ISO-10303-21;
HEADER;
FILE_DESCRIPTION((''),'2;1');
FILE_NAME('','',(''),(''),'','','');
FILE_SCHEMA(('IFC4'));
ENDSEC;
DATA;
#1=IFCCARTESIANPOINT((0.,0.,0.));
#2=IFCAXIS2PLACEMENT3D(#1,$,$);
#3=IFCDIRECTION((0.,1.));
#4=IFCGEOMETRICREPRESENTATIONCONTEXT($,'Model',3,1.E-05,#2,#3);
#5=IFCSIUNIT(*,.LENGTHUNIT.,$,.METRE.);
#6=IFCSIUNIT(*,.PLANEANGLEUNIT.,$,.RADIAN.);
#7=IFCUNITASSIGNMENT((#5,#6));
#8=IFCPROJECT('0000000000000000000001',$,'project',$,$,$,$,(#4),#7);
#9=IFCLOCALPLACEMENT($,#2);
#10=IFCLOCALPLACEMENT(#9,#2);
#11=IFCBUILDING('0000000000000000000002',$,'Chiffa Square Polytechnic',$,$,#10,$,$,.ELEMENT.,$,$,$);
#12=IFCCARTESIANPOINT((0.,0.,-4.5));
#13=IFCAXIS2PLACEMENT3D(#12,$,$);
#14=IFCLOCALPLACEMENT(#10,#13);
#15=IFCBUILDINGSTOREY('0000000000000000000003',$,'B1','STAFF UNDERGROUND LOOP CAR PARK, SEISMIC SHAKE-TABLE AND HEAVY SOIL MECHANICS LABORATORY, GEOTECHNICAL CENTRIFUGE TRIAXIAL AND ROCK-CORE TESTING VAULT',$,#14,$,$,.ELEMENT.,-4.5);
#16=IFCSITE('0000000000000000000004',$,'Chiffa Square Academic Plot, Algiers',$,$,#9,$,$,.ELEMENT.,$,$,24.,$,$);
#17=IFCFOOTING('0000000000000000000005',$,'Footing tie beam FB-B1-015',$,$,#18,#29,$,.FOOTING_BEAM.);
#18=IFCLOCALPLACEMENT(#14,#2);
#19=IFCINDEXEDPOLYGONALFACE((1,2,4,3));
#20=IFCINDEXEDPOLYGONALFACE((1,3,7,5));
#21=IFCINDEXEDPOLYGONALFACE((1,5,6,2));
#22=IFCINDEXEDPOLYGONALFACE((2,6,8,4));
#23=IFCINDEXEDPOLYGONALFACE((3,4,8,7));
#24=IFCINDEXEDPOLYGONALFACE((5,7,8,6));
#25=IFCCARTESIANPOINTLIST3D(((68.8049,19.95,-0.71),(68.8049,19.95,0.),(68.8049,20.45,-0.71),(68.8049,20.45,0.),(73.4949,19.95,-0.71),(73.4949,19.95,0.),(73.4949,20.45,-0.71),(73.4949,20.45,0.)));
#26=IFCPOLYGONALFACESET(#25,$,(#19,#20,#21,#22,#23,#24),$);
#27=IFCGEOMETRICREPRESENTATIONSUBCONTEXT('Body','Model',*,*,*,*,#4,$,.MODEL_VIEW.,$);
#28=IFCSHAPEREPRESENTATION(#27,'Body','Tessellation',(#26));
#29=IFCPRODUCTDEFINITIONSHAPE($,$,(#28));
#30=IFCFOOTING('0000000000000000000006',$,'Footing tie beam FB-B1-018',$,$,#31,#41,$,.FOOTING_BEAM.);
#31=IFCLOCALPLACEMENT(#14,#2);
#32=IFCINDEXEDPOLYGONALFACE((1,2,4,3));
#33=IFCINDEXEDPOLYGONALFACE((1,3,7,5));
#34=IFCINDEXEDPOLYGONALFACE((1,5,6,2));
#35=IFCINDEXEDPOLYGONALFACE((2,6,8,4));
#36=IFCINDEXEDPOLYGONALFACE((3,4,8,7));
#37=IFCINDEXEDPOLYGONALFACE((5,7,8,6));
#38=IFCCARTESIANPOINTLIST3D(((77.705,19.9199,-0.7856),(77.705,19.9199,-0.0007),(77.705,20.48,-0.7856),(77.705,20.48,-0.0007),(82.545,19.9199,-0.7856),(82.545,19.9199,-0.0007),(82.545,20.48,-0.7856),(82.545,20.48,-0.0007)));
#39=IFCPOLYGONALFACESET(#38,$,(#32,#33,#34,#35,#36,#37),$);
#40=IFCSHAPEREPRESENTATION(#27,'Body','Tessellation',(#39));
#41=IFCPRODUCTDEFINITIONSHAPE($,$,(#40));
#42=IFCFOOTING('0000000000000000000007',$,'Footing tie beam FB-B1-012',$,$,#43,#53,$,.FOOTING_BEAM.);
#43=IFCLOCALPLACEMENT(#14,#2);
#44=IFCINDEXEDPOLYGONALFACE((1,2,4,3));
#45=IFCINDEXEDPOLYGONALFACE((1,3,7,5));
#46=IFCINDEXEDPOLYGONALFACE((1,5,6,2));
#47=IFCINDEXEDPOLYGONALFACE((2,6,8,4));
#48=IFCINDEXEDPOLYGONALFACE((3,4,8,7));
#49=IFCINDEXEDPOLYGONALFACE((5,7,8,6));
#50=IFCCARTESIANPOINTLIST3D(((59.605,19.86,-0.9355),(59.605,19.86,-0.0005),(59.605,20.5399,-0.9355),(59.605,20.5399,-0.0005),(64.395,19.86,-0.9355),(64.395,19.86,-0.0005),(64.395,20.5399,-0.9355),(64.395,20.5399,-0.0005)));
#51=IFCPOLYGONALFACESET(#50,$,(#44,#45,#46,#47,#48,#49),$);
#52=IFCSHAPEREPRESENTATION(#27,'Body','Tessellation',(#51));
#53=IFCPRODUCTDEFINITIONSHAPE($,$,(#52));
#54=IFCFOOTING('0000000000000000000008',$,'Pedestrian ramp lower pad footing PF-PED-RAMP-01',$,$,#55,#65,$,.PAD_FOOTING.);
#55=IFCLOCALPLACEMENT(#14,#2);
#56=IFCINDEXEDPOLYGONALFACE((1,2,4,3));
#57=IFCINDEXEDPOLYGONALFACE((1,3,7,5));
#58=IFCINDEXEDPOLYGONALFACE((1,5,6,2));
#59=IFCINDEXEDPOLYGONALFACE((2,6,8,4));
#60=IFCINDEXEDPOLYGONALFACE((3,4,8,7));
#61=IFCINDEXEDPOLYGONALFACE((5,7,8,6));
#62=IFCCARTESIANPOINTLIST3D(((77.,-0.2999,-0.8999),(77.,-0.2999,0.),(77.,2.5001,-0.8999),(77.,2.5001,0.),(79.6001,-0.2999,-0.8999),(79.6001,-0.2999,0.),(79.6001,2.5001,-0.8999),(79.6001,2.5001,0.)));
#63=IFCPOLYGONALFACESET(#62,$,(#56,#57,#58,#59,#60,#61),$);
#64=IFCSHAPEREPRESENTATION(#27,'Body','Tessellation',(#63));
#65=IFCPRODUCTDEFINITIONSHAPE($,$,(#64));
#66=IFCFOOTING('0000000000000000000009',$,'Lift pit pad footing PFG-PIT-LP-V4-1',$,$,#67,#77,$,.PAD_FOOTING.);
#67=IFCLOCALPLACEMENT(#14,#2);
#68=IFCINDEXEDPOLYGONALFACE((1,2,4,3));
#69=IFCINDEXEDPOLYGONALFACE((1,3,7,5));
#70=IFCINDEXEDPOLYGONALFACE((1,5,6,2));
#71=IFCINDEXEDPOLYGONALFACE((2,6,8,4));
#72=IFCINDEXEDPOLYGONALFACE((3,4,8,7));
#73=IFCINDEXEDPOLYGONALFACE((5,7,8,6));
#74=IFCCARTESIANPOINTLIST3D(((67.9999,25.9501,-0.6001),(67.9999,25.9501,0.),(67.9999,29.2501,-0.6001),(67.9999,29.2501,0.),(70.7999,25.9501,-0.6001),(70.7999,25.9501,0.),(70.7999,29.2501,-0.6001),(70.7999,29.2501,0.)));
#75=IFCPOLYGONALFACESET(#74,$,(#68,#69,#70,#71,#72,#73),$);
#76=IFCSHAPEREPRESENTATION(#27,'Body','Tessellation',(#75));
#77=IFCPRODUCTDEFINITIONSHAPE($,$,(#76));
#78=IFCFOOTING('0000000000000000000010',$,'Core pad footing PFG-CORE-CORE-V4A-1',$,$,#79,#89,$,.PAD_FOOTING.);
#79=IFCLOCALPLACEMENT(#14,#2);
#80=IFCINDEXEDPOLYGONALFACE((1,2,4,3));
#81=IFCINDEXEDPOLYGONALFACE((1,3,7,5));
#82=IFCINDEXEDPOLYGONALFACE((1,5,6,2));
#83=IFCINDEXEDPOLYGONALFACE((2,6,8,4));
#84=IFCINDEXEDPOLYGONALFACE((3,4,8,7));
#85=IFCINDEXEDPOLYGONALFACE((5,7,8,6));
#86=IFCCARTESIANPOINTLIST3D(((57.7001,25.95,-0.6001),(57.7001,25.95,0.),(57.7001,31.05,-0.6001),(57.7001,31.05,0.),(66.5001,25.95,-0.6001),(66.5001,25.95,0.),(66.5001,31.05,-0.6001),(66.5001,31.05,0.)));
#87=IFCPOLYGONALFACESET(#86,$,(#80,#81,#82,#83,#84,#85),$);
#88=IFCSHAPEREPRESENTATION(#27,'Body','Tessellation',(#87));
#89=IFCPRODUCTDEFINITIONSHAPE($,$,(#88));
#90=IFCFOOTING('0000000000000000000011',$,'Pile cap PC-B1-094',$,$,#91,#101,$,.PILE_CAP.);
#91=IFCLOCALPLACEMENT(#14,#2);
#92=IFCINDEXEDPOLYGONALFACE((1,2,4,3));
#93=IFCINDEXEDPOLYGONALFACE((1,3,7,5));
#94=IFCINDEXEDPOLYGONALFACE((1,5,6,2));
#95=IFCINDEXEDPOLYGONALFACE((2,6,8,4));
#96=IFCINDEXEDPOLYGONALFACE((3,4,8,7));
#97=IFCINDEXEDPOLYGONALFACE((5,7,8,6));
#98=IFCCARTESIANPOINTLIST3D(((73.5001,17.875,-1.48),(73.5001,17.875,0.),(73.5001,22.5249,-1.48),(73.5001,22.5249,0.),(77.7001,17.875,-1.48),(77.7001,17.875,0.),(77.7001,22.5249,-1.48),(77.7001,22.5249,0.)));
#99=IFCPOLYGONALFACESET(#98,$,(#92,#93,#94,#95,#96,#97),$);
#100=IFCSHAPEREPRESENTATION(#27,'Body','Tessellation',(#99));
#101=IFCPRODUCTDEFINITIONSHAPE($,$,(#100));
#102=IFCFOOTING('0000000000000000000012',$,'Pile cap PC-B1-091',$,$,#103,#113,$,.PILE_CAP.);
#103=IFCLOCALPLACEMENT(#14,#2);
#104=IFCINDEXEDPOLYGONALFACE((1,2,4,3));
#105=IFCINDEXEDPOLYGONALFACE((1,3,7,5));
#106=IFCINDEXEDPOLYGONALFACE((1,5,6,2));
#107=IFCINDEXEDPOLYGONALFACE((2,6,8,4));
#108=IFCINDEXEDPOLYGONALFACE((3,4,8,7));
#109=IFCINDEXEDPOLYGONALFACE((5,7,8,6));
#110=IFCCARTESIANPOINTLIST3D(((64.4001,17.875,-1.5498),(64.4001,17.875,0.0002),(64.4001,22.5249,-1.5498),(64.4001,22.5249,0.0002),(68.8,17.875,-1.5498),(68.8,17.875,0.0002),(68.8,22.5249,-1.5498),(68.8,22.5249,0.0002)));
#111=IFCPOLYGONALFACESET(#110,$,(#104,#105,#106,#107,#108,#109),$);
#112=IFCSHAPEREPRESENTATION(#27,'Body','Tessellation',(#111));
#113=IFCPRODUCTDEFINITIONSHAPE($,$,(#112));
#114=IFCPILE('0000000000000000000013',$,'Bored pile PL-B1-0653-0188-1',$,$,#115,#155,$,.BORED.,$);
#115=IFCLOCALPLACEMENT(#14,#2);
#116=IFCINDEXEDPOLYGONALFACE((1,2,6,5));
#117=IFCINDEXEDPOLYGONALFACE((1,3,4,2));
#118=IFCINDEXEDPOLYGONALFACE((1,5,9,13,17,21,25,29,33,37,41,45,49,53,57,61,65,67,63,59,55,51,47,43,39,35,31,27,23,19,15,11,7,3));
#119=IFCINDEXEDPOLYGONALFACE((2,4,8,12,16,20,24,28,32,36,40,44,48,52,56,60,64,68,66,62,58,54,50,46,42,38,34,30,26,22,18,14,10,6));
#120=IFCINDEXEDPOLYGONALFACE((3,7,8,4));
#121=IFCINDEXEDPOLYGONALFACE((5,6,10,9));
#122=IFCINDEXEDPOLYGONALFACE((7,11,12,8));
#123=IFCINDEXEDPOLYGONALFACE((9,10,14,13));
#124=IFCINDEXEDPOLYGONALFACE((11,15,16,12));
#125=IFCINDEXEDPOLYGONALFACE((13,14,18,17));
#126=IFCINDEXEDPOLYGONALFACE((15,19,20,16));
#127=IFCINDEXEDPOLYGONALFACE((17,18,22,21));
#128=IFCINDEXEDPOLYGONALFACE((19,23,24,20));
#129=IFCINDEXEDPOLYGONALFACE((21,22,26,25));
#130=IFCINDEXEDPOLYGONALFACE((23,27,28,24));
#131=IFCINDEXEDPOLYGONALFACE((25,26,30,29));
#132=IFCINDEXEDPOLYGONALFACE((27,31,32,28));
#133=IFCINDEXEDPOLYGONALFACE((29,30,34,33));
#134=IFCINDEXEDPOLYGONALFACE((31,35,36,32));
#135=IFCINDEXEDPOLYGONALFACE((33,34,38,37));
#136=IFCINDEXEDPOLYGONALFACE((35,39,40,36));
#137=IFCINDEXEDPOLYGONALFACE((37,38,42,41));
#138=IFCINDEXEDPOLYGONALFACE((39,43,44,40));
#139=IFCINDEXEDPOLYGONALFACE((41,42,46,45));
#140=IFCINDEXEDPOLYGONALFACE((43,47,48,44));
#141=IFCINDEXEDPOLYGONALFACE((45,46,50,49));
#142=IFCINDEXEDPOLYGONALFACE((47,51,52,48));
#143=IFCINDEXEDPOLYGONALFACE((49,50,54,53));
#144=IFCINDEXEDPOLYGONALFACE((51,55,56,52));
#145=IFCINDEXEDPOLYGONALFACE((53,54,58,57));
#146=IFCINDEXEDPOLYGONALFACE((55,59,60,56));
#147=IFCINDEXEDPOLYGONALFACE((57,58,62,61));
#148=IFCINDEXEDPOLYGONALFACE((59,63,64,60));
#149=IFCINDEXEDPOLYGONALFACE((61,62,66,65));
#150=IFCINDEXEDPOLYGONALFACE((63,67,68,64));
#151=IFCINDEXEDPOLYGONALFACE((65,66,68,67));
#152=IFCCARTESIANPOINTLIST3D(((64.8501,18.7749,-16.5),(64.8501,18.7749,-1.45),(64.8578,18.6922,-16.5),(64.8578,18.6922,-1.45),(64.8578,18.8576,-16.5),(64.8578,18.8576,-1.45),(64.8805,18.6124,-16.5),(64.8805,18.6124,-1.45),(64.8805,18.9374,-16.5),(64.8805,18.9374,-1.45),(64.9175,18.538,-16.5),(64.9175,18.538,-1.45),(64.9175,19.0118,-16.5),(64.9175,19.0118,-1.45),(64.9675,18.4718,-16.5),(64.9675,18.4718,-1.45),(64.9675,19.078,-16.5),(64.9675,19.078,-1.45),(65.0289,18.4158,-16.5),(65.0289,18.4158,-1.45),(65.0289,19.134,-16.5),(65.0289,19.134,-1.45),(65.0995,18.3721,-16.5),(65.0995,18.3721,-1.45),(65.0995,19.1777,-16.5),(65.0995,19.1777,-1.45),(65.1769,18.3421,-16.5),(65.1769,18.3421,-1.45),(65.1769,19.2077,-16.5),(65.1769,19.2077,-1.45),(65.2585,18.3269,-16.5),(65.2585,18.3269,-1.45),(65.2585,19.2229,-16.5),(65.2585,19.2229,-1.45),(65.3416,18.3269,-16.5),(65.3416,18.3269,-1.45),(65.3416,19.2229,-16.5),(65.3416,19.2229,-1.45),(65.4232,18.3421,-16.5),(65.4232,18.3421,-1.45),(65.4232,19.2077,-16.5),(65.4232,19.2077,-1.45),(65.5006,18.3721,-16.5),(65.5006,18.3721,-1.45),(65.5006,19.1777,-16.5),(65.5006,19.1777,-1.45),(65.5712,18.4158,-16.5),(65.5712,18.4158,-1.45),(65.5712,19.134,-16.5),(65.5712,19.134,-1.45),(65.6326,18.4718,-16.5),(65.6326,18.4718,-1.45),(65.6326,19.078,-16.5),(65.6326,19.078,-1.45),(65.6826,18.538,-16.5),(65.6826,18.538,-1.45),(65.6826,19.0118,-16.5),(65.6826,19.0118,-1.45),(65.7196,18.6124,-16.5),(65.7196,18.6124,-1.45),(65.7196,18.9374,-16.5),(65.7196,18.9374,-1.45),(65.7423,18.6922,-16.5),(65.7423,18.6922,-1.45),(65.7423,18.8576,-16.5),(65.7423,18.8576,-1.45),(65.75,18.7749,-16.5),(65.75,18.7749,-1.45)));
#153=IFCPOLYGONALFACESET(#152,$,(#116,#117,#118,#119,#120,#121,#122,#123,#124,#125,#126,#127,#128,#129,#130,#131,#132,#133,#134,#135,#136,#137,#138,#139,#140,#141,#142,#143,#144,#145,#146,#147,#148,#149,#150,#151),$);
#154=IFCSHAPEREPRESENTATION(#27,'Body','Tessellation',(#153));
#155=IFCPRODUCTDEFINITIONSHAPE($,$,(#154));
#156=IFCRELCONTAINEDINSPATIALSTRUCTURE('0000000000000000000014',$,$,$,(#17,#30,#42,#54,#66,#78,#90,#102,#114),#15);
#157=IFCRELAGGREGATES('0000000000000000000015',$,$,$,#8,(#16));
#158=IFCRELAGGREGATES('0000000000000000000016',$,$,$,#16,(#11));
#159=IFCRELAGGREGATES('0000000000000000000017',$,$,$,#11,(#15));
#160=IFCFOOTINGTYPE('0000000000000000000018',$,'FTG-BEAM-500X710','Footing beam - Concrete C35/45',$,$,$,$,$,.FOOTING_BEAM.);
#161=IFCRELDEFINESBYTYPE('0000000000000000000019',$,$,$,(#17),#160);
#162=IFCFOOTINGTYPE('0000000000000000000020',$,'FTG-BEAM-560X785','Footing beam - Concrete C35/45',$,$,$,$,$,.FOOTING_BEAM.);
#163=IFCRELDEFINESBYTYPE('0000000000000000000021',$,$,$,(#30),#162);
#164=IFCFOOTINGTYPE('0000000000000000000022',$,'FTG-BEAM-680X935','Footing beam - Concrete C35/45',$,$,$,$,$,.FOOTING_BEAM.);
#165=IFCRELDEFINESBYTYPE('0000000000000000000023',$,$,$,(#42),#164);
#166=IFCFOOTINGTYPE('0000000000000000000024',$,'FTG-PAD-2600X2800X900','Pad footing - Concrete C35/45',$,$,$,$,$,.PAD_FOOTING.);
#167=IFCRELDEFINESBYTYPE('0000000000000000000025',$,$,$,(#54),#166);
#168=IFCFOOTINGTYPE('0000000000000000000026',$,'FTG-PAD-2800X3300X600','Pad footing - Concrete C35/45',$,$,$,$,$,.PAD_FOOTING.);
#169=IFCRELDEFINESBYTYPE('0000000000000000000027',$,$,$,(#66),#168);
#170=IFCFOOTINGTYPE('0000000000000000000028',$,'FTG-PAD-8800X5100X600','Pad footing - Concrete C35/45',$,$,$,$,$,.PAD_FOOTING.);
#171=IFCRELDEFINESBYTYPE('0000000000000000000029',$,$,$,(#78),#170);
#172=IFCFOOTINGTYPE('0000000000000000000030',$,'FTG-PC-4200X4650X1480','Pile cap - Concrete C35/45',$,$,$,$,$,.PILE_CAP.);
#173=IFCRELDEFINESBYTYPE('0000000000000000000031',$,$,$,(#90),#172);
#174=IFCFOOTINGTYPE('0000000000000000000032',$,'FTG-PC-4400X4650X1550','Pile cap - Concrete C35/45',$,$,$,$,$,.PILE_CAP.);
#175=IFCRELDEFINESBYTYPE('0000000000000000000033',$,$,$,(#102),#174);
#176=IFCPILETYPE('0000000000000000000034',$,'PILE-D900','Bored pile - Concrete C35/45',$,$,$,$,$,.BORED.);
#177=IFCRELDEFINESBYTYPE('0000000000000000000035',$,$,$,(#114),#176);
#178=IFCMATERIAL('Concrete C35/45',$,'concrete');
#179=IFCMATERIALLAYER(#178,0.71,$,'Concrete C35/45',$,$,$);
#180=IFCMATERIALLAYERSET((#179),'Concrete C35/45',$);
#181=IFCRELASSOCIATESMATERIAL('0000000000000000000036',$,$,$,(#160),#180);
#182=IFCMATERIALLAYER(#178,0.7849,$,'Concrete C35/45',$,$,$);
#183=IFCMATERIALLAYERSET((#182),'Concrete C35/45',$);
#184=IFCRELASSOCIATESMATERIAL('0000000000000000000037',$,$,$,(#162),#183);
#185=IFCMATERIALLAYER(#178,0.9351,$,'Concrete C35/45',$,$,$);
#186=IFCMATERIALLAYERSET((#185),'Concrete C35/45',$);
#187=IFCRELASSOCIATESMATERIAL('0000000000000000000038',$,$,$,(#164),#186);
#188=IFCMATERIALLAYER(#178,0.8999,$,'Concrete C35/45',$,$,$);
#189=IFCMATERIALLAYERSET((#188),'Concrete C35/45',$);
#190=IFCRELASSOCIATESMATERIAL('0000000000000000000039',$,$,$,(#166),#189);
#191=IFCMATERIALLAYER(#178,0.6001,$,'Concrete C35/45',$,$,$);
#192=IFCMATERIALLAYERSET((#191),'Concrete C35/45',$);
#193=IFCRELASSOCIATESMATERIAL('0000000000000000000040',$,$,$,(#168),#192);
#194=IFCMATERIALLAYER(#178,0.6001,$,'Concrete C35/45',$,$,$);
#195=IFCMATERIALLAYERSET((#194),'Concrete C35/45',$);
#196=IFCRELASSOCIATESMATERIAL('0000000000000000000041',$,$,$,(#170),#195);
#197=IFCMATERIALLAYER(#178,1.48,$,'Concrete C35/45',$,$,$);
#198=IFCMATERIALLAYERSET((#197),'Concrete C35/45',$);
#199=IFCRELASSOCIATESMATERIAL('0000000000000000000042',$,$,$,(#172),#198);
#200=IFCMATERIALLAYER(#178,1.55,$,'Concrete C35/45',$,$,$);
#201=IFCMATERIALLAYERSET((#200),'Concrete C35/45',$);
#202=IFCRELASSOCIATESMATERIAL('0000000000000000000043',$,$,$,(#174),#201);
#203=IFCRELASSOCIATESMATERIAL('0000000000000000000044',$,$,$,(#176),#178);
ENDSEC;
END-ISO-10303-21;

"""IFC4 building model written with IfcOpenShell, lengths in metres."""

from ifc_helpers import new_model, si_unit, direction, frame, origin, origin_2d, place, context, subcontext, project, spatial, rectangle, circle, extrude, material, layer, layer_set, material_profile, profile_set, type_object, element, save


model = new_model("IFC4")

# Units and contexts
model_context = context("Model", 3, precision=1e-05, world=origin(), true_north=direction((0.0, 1.0)))
body_context = subcontext(model_context, "Body", "Model", "MODEL_VIEW")
ifc_project = project(units=[si_unit("LENGTHUNIT", "METRE"), si_unit("PLANEANGLEUNIT", "RADIAN")], contexts=[model_context])

# Site, building, storey
site_placement = place(None, origin())
site = spatial("IfcSite", under=ifc_project, at=site_placement, Name="Chiffa Square Academic Plot, Algiers", CompositionType="ELEMENT", RefElevation=24.0)
building_placement = place(site_placement, origin())
building = spatial("IfcBuilding", under=site, at=building_placement, Name="Chiffa Square Polytechnic", CompositionType="ELEMENT")
storey_placement = place(building_placement, frame((0.0, 0.0, -4.5)))
storey = spatial("IfcBuildingStorey", under=building, at=storey_placement, Name="B1", Description="STAFF UNDERGROUND LOOP CAR PARK, SEISMIC SHAKE-TABLE AND HEAVY SOIL MECHANICS LABORATORY, GEOTECHNICAL CENTRIFUGE TRIAXIAL AND ROCK-CORE TESTING VAULT", CompositionType="ELEMENT", Elevation=-4.5)

# Footings
ifc_material_1 = material(Name="Concrete C35/45", Category="concrete")
ifc_layer_1 = layer(ifc_material_1, 0.71, Name="Concrete C35/45")
ifc_layer_set_1 = layer_set([ifc_layer_1], Name="Concrete C35/45")
footing_type_1 = type_object("IfcFootingType", Name="FTG-BEAM-500X710", Description="Footing beam - Concrete C35/45", PredefinedType="FOOTING_BEAM", material=ifc_layer_set_1)
footing_1_placement = place(storey_placement, frame((71.1499, 20.2, -0.71), z_axis=(0.0, 0.0, 1.0), x_axis=(1.0, 0.0, 0.0)))
element("IfcFooting", 1, at=footing_1_placement, inside=storey, type_object=footing_type_1, Name="Footing tie beam FB-B1-015", PredefinedType="FOOTING_BEAM", context=body_context, shape_type="SweptSolid", body=[
    extrude(rectangle(XDim=4.6899, YDim=0.5, at=origin_2d()), origin(), (0.0, 0.0, 1.0), 0.71),
])
ifc_layer_2 = layer(ifc_material_1, 0.7849, Name="Concrete C35/45")
ifc_layer_set_2 = layer_set([ifc_layer_2], Name="Concrete C35/45")
footing_type_2 = type_object("IfcFootingType", Name="FTG-BEAM-560X785", Description="Footing beam - Concrete C35/45", PredefinedType="FOOTING_BEAM", material=ifc_layer_set_2)
footing_2_placement = place(storey_placement, frame((80.125, 20.2, -0.7856), z_axis=(0.0, 0.0, 1.0), x_axis=(1.0, 0.0, 0.0)))
element("IfcFooting", 2, at=footing_2_placement, inside=storey, type_object=footing_type_2, Name="Footing tie beam FB-B1-018", PredefinedType="FOOTING_BEAM", context=body_context, shape_type="SweptSolid", body=[
    extrude(rectangle(XDim=4.8401, YDim=0.5601, at=origin_2d()), origin(), (0.0, 0.0, 1.0), 0.7849),
])
ifc_layer_3 = layer(ifc_material_1, 0.9351, Name="Concrete C35/45")
ifc_layer_set_3 = layer_set([ifc_layer_3], Name="Concrete C35/45")
footing_type_3 = type_object("IfcFootingType", Name="FTG-BEAM-680X935", Description="Footing beam - Concrete C35/45", PredefinedType="FOOTING_BEAM", material=ifc_layer_set_3)
footing_3_placement = place(storey_placement, frame((62.0, 20.2, -0.9355), z_axis=(0.0, 0.0, 1.0), x_axis=(1.0, 0.0, 0.0)))
element("IfcFooting", 3, at=footing_3_placement, inside=storey, type_object=footing_type_3, Name="Footing tie beam FB-B1-012", PredefinedType="FOOTING_BEAM", context=body_context, shape_type="SweptSolid", body=[
    extrude(rectangle(XDim=4.79, YDim=0.6799, at=origin_2d()), origin(), (0.0, 0.0, 1.0), 0.9351),
])
ifc_layer_4 = layer(ifc_material_1, 0.8999, Name="Concrete C35/45")
ifc_layer_set_4 = layer_set([ifc_layer_4], Name="Concrete C35/45")
footing_type_4 = type_object("IfcFootingType", Name="FTG-PAD-2600X2800X900", Description="Pad footing - Concrete C35/45", PredefinedType="PAD_FOOTING", material=ifc_layer_set_4)
footing_4_placement = place(storey_placement, frame((78.3, 1.1001, -0.8999), z_axis=(0.0, 0.0, 1.0), x_axis=(1.0, 0.0, 0.0)))
element("IfcFooting", 4, at=footing_4_placement, inside=storey, type_object=footing_type_4, Name="Pedestrian ramp lower pad footing PF-PED-RAMP-01", PredefinedType="PAD_FOOTING", context=body_context, shape_type="SweptSolid", body=[
    extrude(rectangle(XDim=2.6001, YDim=2.8, at=origin_2d()), origin(), (0.0, 0.0, 1.0), 0.8999),
])
ifc_layer_5 = layer(ifc_material_1, 0.6001, Name="Concrete C35/45")
ifc_layer_set_5 = layer_set([ifc_layer_5], Name="Concrete C35/45")
footing_type_5 = type_object("IfcFootingType", Name="FTG-PAD-2800X3300X600", Description="Pad footing - Concrete C35/45", PredefinedType="PAD_FOOTING", material=ifc_layer_set_5)
footing_5_placement = place(storey_placement, frame((69.3999, 27.6001, -0.6001), z_axis=(0.0, 0.0, 1.0), x_axis=(1.0, 0.0, 0.0)))
element("IfcFooting", 5, at=footing_5_placement, inside=storey, type_object=footing_type_5, Name="Lift pit pad footing PFG-PIT-LP-V4-1", PredefinedType="PAD_FOOTING", context=body_context, shape_type="SweptSolid", body=[
    extrude(rectangle(XDim=2.8, YDim=3.3, at=origin_2d()), origin(), (0.0, 0.0, 1.0), 0.6001),
])
ifc_layer_6 = layer(ifc_material_1, 0.6001, Name="Concrete C35/45")
ifc_layer_set_6 = layer_set([ifc_layer_6], Name="Concrete C35/45")
footing_type_6 = type_object("IfcFootingType", Name="FTG-PAD-8800X5100X600", Description="Pad footing - Concrete C35/45", PredefinedType="PAD_FOOTING", material=ifc_layer_set_6)
footing_6_placement = place(storey_placement, frame((62.1001, 28.5, -0.6001), z_axis=(0.0, 0.0, 1.0), x_axis=(1.0, 0.0, 0.0)))
element("IfcFooting", 6, at=footing_6_placement, inside=storey, type_object=footing_type_6, Name="Core pad footing PFG-CORE-CORE-V4A-1", PredefinedType="PAD_FOOTING", context=body_context, shape_type="SweptSolid", body=[
    extrude(rectangle(XDim=8.8, YDim=5.1001, at=origin_2d()), origin(), (0.0, 0.0, 1.0), 0.6001),
])
ifc_layer_7 = layer(ifc_material_1, 1.48, Name="Concrete C35/45")
ifc_layer_set_7 = layer_set([ifc_layer_7], Name="Concrete C35/45")
footing_type_7 = type_object("IfcFootingType", Name="FTG-PC-4200X4650X1480", Description="Pile cap - Concrete C35/45", PredefinedType="PILE_CAP", material=ifc_layer_set_7)
footing_7_placement = place(storey_placement, frame((75.6001, 20.2, -1.48), z_axis=(0.0, 0.0, 1.0), x_axis=(1.0, 0.0, 0.0)))
element("IfcFooting", 7, at=footing_7_placement, inside=storey, type_object=footing_type_7, Name="Pile cap PC-B1-094", PredefinedType="PILE_CAP", context=body_context, shape_type="SweptSolid", body=[
    extrude(rectangle(XDim=4.2, YDim=4.6499, at=origin_2d()), origin(), (0.0, 0.0, 1.0), 1.48),
])
ifc_layer_8 = layer(ifc_material_1, 1.55, Name="Concrete C35/45")
ifc_layer_set_8 = layer_set([ifc_layer_8], Name="Concrete C35/45")
footing_type_8 = type_object("IfcFootingType", Name="FTG-PC-4400X4650X1550", Description="Pile cap - Concrete C35/45", PredefinedType="PILE_CAP", material=ifc_layer_set_8)
footing_8_placement = place(storey_placement, frame((66.6001, 20.2, -1.5498), z_axis=(0.0, 0.0, 1.0), x_axis=(1.0, 0.0, 0.0)))
element("IfcFooting", 8, at=footing_8_placement, inside=storey, type_object=footing_type_8, Name="Pile cap PC-B1-091", PredefinedType="PILE_CAP", context=body_context, shape_type="SweptSolid", body=[
    extrude(rectangle(XDim=4.3999, YDim=4.6499, at=origin_2d()), origin(), (0.0, 0.0, 1.0), 1.55),
])

# Pile
ifc_material_profile_1 = material_profile(ifc_material_1, circle(Radius=0.45, at=origin_2d()), Name="PILE D900")
ifc_profile_set_1 = profile_set([ifc_material_profile_1], Name="Concrete C35/45")
pile_type = type_object("IfcPileType", Name="PILE-D900", Description="Bored pile - Concrete C35/45", PredefinedType="BORED", material=ifc_profile_set_1)
for number, where, z_axis, x_axis, name in (
    (9, (65.3, 18.7749, -1.45), (0.0, 0.0, -1.0), (1.0, 0.0, 0.0), "Bored pile PL-B1-0653-0188-1"),
):
    element("IfcPile", number, at=place(storey_placement, frame(where, z_axis=z_axis, x_axis=x_axis)), inside=storey, type_object=pile_type, Name=name, PredefinedType="BORED", context=body_context, shape_type="SweptSolid", body=[
        extrude(circle(Radius=0.45, at=origin_2d()), origin(), (0.0, 0.0, 1.0), 15.05),
    ])

save(model, "model.ifc")
